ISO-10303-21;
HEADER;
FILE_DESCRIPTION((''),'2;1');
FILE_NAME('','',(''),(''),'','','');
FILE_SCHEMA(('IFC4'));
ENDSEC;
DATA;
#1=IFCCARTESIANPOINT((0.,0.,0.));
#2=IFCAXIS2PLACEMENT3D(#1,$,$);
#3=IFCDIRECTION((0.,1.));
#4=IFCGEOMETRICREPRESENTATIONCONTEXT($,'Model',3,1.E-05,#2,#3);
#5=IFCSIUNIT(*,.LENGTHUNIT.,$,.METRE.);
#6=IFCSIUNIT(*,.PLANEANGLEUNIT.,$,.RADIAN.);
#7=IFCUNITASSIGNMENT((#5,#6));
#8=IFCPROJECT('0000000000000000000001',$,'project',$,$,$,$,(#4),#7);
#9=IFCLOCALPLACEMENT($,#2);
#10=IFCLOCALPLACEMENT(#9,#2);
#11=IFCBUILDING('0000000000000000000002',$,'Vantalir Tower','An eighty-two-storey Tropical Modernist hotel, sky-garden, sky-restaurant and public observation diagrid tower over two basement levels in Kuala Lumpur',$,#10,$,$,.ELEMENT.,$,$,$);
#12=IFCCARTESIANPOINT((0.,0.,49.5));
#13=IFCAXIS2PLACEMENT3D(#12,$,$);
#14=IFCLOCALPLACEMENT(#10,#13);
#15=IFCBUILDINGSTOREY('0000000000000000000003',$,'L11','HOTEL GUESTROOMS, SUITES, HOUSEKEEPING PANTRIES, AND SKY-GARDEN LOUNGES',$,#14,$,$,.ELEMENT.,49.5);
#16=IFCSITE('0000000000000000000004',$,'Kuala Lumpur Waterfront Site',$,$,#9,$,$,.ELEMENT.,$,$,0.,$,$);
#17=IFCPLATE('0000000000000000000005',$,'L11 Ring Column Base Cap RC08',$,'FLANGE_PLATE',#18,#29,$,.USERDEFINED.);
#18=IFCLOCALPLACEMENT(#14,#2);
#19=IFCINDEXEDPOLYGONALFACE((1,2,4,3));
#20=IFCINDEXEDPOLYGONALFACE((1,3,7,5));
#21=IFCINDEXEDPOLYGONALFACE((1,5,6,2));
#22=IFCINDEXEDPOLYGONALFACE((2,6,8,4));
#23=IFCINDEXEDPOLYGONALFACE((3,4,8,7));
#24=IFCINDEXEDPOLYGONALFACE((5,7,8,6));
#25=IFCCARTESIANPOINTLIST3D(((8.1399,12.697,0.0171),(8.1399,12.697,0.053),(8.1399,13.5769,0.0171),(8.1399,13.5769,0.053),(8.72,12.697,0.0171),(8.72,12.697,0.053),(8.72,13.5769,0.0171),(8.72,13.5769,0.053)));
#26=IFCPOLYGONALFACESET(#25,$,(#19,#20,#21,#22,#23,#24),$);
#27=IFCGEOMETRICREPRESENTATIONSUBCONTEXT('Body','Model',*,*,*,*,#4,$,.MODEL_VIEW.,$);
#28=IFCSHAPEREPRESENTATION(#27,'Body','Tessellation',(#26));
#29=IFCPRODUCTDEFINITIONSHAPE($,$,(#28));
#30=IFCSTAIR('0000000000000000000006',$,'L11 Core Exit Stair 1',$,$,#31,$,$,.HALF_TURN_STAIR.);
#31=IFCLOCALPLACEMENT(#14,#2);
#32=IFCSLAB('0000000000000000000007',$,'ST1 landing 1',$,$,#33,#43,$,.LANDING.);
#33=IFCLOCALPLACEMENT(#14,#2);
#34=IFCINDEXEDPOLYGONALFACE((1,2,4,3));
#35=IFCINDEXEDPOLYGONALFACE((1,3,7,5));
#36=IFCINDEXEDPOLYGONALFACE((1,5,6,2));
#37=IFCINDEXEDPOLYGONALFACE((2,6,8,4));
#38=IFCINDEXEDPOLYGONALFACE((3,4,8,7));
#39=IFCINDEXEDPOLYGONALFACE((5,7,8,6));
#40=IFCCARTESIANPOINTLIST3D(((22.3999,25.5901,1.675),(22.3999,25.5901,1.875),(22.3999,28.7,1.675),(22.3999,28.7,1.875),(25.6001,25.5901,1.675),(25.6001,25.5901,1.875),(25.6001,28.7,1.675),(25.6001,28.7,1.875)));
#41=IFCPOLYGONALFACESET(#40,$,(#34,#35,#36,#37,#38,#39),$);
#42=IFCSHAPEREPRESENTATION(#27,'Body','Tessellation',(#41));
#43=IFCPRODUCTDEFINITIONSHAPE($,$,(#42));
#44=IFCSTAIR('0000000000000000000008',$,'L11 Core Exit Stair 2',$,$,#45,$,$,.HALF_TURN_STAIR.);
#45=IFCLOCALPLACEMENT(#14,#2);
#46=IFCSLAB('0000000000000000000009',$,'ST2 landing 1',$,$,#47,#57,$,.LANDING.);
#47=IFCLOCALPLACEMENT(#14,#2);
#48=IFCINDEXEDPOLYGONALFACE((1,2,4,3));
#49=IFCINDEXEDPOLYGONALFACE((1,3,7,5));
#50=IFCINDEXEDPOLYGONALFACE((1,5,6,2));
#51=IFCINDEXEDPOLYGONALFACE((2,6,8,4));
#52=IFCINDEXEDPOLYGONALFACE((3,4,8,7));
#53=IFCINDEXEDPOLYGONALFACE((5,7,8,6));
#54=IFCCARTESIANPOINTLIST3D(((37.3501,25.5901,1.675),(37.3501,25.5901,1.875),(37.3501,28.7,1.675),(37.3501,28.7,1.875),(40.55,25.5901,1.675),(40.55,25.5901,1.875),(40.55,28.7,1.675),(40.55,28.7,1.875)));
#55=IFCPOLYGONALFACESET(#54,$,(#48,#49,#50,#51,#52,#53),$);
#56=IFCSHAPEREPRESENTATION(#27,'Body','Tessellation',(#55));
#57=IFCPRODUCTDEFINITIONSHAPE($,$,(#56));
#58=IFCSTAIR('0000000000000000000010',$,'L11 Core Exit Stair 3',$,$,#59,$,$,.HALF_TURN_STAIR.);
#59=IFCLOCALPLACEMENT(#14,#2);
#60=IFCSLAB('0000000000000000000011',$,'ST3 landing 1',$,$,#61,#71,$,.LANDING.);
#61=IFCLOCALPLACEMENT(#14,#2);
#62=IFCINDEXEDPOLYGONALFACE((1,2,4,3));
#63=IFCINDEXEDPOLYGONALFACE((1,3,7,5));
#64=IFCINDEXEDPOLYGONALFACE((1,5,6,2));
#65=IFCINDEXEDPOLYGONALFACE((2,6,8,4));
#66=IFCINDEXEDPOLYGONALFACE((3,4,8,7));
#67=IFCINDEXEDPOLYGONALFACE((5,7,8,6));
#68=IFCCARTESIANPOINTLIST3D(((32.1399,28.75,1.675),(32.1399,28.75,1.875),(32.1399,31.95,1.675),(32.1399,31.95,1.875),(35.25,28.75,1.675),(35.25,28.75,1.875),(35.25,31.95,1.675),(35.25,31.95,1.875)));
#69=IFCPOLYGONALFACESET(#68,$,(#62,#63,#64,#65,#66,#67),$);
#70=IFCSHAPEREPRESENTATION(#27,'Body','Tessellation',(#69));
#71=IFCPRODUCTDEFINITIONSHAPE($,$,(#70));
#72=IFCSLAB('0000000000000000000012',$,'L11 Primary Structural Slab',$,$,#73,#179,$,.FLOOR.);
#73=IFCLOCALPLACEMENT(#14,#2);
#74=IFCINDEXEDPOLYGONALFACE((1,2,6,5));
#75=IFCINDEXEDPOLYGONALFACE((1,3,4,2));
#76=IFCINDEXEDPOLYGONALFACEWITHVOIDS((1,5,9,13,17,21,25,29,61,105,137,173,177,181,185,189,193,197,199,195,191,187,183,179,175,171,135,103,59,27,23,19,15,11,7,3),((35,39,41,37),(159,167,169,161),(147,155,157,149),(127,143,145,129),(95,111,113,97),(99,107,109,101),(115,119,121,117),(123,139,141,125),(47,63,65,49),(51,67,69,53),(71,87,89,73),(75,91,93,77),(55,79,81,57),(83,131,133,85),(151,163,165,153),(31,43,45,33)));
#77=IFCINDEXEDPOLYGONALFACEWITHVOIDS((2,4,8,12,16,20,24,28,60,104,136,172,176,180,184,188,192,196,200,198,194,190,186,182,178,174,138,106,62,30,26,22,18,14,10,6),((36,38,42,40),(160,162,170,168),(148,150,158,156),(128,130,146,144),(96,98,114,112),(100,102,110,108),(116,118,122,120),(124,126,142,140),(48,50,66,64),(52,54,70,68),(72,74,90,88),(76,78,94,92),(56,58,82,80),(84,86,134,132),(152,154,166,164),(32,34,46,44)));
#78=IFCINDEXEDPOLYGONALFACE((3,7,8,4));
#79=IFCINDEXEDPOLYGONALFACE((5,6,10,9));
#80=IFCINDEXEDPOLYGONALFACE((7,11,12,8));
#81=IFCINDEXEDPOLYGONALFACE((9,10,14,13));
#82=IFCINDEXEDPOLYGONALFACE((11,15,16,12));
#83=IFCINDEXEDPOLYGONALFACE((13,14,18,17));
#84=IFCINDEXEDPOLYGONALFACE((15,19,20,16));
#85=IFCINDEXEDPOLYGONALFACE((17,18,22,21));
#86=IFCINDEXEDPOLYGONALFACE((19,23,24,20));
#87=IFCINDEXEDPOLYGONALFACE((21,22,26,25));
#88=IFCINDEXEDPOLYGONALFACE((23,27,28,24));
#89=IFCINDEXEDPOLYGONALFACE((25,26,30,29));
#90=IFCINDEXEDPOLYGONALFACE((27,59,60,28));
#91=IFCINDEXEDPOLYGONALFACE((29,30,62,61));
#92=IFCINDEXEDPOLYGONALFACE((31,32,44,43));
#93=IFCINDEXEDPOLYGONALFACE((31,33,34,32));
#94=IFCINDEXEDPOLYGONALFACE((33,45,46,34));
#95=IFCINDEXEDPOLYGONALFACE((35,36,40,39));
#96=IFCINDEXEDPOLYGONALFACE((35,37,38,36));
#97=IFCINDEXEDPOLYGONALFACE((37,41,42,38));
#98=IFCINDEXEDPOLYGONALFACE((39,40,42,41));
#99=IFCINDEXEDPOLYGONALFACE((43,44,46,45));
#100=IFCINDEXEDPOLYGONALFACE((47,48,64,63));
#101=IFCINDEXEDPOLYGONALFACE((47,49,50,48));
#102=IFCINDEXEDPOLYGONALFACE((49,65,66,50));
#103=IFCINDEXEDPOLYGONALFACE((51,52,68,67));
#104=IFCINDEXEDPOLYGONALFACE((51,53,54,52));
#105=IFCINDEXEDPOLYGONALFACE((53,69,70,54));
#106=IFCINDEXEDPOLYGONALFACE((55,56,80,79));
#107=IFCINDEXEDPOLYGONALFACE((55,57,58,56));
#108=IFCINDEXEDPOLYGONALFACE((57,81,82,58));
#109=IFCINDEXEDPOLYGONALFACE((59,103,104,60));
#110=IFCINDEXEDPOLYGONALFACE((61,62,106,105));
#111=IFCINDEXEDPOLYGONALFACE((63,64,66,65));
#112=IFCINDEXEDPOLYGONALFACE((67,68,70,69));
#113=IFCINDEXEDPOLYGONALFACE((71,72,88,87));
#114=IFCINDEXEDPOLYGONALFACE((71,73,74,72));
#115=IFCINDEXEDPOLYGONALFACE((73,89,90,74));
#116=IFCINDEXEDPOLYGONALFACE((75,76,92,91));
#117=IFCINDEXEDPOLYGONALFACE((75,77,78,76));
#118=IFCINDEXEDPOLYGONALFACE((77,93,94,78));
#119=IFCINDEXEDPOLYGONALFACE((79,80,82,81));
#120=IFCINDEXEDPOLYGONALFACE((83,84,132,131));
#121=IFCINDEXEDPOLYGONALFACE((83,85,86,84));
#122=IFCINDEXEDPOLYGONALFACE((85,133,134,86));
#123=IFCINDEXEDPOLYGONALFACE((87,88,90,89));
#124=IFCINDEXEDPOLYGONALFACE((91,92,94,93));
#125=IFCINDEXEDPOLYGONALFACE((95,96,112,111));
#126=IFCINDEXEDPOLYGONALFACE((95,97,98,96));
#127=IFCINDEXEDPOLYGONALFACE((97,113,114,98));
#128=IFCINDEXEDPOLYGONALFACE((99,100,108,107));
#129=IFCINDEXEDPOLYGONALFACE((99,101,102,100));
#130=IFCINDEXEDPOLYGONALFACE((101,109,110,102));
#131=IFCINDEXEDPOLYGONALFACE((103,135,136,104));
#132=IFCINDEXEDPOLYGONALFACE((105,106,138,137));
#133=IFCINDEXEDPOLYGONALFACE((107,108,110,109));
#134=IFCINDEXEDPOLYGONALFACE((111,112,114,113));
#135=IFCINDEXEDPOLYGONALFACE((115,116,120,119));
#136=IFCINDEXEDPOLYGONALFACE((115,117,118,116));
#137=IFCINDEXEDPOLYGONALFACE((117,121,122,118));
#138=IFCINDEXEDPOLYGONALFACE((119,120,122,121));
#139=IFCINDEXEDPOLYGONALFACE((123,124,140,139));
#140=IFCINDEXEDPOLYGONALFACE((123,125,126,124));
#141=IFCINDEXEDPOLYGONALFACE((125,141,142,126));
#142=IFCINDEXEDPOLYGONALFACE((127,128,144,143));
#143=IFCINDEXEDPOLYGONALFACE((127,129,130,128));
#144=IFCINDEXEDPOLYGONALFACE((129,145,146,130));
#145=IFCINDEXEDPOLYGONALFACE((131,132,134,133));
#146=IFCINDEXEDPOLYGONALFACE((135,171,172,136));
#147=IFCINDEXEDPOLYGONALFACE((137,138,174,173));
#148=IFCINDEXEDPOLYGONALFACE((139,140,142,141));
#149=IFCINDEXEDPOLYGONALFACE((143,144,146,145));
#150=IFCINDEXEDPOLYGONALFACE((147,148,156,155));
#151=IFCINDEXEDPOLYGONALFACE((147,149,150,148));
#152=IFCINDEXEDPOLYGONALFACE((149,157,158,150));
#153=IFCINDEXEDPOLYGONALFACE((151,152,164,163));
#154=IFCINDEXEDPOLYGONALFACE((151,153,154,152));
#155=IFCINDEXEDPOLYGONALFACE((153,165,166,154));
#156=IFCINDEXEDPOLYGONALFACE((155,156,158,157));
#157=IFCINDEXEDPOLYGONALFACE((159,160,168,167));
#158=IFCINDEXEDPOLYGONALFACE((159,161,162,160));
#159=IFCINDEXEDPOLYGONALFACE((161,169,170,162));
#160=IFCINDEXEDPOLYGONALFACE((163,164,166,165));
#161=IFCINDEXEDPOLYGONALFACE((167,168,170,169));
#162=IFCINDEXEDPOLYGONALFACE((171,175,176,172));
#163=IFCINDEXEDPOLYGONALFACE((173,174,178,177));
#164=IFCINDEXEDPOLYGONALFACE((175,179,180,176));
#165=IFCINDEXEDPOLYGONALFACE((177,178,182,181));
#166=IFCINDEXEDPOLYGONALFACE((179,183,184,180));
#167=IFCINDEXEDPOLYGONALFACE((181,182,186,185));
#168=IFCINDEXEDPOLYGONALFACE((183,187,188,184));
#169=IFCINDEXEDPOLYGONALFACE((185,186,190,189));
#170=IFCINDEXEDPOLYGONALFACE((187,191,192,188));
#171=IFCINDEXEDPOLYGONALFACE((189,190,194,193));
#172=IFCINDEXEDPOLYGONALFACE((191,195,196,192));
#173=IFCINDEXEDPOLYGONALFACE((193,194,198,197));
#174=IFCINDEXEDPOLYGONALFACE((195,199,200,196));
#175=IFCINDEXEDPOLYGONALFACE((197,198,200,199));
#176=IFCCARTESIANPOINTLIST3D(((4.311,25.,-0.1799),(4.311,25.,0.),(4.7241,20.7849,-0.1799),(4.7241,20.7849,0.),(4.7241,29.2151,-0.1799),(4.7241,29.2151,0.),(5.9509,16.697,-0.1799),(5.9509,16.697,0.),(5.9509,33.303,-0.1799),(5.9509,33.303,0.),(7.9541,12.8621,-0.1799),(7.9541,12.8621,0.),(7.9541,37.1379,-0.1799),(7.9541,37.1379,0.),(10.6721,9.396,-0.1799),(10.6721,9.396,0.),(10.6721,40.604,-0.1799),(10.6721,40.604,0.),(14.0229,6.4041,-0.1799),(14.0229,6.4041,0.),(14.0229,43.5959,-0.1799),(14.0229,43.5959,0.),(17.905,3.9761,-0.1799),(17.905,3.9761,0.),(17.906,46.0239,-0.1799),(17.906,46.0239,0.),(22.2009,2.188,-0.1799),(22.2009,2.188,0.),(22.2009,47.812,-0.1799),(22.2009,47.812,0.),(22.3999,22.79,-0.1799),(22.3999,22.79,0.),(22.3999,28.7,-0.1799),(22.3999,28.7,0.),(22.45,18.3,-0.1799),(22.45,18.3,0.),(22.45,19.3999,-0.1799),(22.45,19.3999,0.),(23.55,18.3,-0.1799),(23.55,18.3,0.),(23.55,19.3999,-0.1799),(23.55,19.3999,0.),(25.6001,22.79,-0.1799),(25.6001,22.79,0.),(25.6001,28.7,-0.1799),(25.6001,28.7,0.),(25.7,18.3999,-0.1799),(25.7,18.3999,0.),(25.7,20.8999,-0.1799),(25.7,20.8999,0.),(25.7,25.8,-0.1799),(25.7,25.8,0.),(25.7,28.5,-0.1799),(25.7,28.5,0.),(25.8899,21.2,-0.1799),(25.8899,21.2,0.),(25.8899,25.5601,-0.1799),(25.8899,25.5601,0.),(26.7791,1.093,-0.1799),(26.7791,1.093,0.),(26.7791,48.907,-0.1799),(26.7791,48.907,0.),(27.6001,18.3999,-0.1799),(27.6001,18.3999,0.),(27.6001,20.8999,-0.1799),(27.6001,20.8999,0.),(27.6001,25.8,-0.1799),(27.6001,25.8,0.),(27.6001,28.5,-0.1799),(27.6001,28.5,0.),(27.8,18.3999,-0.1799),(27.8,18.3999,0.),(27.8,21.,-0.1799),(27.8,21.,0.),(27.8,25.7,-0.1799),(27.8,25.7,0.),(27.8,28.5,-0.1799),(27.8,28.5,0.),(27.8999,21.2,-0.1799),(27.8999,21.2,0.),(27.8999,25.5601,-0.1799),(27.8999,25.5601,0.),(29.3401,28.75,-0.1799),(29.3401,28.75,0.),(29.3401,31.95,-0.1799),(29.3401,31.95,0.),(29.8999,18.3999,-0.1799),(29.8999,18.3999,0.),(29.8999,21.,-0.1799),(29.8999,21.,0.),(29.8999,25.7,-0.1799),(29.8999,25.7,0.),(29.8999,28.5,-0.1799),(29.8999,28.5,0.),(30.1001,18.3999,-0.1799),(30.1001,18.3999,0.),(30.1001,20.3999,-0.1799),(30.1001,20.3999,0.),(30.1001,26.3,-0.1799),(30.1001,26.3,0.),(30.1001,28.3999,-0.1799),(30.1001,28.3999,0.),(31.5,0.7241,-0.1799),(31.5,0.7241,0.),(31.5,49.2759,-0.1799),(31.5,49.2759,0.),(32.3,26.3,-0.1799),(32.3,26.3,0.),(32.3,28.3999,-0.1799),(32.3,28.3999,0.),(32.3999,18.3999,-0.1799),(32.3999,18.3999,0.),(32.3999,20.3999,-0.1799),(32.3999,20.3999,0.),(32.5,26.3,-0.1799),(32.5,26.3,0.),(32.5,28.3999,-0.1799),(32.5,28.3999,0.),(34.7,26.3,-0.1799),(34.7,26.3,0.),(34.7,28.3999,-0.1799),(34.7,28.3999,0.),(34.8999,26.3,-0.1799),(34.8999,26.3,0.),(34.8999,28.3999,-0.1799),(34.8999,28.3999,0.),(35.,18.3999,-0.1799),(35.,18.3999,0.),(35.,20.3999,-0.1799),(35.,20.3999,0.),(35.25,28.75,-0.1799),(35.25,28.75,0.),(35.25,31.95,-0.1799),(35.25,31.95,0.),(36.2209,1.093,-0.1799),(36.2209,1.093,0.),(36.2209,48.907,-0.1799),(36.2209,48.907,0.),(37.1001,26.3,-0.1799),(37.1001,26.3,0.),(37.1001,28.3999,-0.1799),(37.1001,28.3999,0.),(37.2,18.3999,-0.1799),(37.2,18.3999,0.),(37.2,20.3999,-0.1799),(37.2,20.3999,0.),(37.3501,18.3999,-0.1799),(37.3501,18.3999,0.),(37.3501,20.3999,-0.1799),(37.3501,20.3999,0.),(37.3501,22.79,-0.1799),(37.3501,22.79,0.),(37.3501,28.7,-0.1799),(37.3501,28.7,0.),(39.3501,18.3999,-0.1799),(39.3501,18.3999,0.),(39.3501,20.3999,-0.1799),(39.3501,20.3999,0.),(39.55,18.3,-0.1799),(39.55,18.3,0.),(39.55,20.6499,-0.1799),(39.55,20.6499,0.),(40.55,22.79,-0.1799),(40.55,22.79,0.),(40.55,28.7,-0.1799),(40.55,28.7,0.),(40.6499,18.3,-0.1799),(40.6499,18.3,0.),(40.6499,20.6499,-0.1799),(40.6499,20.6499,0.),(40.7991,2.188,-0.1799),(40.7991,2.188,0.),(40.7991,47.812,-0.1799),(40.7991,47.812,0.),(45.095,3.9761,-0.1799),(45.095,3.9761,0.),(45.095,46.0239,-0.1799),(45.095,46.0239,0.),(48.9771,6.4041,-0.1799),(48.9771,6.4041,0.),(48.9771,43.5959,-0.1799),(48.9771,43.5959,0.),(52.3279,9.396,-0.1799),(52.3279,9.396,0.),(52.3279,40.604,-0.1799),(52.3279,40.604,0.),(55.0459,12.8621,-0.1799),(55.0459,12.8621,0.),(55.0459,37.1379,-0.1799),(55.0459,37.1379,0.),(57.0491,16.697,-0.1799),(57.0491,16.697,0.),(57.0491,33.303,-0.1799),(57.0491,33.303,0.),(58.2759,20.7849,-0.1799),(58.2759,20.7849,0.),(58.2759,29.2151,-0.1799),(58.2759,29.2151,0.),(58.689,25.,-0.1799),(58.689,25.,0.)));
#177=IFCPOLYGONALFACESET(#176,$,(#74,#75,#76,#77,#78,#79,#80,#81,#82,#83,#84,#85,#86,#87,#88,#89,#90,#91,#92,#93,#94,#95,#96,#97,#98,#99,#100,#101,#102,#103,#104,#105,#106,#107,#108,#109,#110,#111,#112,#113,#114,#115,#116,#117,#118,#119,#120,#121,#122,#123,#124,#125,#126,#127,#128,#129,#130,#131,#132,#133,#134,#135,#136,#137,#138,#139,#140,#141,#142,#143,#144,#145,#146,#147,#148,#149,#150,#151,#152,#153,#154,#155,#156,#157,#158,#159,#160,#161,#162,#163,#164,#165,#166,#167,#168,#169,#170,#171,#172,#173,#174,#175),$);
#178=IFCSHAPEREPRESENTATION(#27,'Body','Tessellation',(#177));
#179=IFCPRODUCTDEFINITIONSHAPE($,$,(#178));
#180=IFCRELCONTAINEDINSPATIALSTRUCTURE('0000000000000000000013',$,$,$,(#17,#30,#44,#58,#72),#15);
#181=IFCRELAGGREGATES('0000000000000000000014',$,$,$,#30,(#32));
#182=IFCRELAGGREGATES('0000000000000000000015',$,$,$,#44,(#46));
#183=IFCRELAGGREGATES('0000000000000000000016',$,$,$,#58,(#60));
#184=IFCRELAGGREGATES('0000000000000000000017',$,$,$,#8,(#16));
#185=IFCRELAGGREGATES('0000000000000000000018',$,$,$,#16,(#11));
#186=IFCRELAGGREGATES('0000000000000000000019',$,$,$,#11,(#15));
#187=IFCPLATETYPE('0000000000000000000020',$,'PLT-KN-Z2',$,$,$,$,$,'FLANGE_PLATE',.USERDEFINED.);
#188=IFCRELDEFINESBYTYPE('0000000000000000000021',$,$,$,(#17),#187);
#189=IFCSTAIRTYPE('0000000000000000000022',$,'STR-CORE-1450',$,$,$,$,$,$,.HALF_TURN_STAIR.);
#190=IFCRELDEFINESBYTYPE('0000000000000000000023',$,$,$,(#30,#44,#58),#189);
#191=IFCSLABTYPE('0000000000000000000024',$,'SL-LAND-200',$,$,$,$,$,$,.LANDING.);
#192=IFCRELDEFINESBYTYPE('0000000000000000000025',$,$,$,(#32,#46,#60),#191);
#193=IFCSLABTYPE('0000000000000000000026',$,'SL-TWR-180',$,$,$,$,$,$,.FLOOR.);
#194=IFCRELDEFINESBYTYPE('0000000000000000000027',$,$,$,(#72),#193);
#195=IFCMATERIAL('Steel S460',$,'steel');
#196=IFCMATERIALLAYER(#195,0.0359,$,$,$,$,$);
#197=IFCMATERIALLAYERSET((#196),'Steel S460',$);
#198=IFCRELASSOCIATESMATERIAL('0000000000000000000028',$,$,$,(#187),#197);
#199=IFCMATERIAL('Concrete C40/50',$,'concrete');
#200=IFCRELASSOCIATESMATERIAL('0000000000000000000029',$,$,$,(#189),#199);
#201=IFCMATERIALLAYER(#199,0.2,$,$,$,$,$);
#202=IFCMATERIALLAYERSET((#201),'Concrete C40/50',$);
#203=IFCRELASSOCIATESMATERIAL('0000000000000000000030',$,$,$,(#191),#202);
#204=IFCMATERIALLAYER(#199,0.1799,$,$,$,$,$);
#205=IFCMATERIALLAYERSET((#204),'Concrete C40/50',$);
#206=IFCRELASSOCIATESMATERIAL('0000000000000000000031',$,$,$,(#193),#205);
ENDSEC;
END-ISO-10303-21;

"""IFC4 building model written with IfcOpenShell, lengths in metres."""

from ifc_helpers import new_model, si_unit, direction, frame, origin, place, context, subcontext, project, spatial, polyline, outline, extrude, material, layer, layer_set, type_object, element, aggregate, save


model = new_model("IFC4")

# Units and contexts
model_context = context("Model", 3, precision=1e-05, world=origin(), true_north=direction((0.0, 1.0)))
body_context = subcontext(model_context, "Body", "Model", "MODEL_VIEW")
ifc_project = project(units=[si_unit("LENGTHUNIT", "METRE"), si_unit("PLANEANGLEUNIT", "RADIAN")], contexts=[model_context])

# Site, building, storey
site_placement = place(None, origin())
site = spatial("IfcSite", under=ifc_project, at=site_placement, Name="Kuala Lumpur Waterfront Site", CompositionType="ELEMENT", RefElevation=0.0)
building_placement = place(site_placement, origin())
building = spatial("IfcBuilding", under=site, at=building_placement, Name="Vantalir Tower", Description="An eighty-two-storey Tropical Modernist hotel, sky-garden, sky-restaurant and public observation diagrid tower over two basement levels in Kuala Lumpur", CompositionType="ELEMENT")
storey_placement = place(building_placement, frame((0.0, 0.0, 49.5)))
storey = spatial("IfcBuildingStorey", under=building, at=storey_placement, Name="L11", Description="HOTEL GUESTROOMS, SUITES, HOUSEKEEPING PANTRIES, AND SKY-GARDEN LOUNGES", CompositionType="ELEMENT", Elevation=49.5)

# Shared definitions
ifc_material_1 = material(Name="Steel S460", Category="steel")

# Plate
ifc_layer_1 = layer(ifc_material_1, 0.0359)
ifc_layer_set_1 = layer_set([ifc_layer_1], Name="Steel S460")
plate_type_1 = type_object("IfcPlateType", Name="PLT-KN-Z2", ElementType="FLANGE_PLATE", PredefinedType="USERDEFINED", material=ifc_layer_set_1)
for number, where, z_axis, x_axis, name in (
    (1, (8.1399, 13.5769, 0.053), (0.0, 0.0, 1.0), (0.0, -1.0, 0.0), "L11 Ring Column Base Cap RC08"),
):
    element("IfcPlate", number, at=place(storey_placement, frame(where, z_axis=z_axis, x_axis=x_axis)), inside=storey, type_object=plate_type_1, Name=name, ObjectType="FLANGE_PLATE", PredefinedType="USERDEFINED", context=body_context, shape_type="SweptSolid", body=[
        extrude(outline(polyline([(0.0, 0.0), (0.8799, 0.0), (0.8799, 0.5801), (0.0, 0.5801), (0.0, 0.0)])), origin(), (0.0, 0.0, -1.0), 0.0359),
    ])

# Stairs, slabs
ifc_material_2 = material(Name="Concrete C40/50", Category="concrete")
stair_type = type_object("IfcStairType", Name="STR-CORE-1450", PredefinedType="HALF_TURN_STAIR", material=ifc_material_2)
stair_1_placement = place(storey_placement, origin())
stair_1 = element("IfcStair", 2, at=stair_1_placement, inside=storey, type_object=stair_type, Name="L11 Core Exit Stair 1", PredefinedType="HALF_TURN_STAIR")
ifc_layer_2 = layer(ifc_material_2, 0.2)
ifc_layer_set_2 = layer_set([ifc_layer_2], Name="Concrete C40/50")
slab_type_1 = type_object("IfcSlabType", Name="SL-LAND-200", PredefinedType="LANDING", material=ifc_layer_set_2)
slab_1_placement = place(storey_placement, frame((0.0, 0.0, 1.675)))
slab_1 = element("IfcSlab", 3, at=slab_1_placement, type_object=slab_type_1, Name="ST1 landing 1", PredefinedType="LANDING", context=body_context, shape_type="SweptSolid", body=[
    extrude(outline(polyline([(25.6001, 25.5901), (25.6001, 28.7), (22.3999, 28.7), (22.3999, 25.5901), (25.6001, 25.5901)])), origin(), (0.0, 0.0, 1.0), 0.2),
])
aggregate(stair_1, [slab_1])
stair_2_placement = place(storey_placement, origin())
stair_2 = element("IfcStair", 4, at=stair_2_placement, inside=storey, type_object=stair_type, Name="L11 Core Exit Stair 2", PredefinedType="HALF_TURN_STAIR")
slab_2_placement = place(storey_placement, frame((0.0, 0.0, 1.675)))
slab_2 = element("IfcSlab", 5, at=slab_2_placement, type_object=slab_type_1, Name="ST2 landing 1", PredefinedType="LANDING", context=body_context, shape_type="SweptSolid", body=[
    extrude(outline(polyline([(40.55, 25.5901), (40.55, 28.7), (37.3501, 28.7), (37.3501, 25.5901), (40.55, 25.5901)])), origin(), (0.0, 0.0, 1.0), 0.2),
])
aggregate(stair_2, [slab_2])
stair_3_placement = place(storey_placement, origin())
stair_3 = element("IfcStair", 6, at=stair_3_placement, inside=storey, type_object=stair_type, Name="L11 Core Exit Stair 3", PredefinedType="HALF_TURN_STAIR")
slab_3_placement = place(storey_placement, frame((0.0, 0.0, 1.675)))
slab_3 = element("IfcSlab", 7, at=slab_3_placement, type_object=slab_type_1, Name="ST3 landing 1", PredefinedType="LANDING", context=body_context, shape_type="SweptSolid", body=[
    extrude(outline(polyline([(32.1399, 28.75), (35.25, 28.75), (35.25, 31.95), (32.1399, 31.95), (32.1399, 28.75)])), origin(), (0.0, 0.0, 1.0), 0.2),
])
aggregate(stair_3, [slab_3])

# Slab
ifc_layer_3 = layer(ifc_material_2, 0.1799)
ifc_layer_set_3 = layer_set([ifc_layer_3], Name="Concrete C40/50")
slab_type_2 = type_object("IfcSlabType", Name="SL-TWR-180", PredefinedType="FLOOR", material=ifc_layer_set_3)
slab_4_placement = place(storey_placement, frame((0.0, 0.0, -0.1799)))
element("IfcSlab", 8, at=slab_4_placement, inside=storey, type_object=slab_type_2, Name="L11 Primary Structural Slab", PredefinedType="FLOOR", context=body_context, shape_type="SweptSolid", body=[
    extrude(outline(polyline([(7.9541, 12.8621), (10.6721, 9.396), (14.0229, 6.4041), (17.905, 3.9761), (22.2009, 2.188), (26.7791, 1.093), (31.5, 0.7241), (36.2209, 1.093), (40.7991, 2.188), (45.095, 3.9761), (48.9771, 6.4041), (52.3279, 9.396), (55.0459, 12.8621), (57.0491, 16.697), (58.2759, 20.7849), (58.689, 25.0), (58.2759, 29.2151), (57.0491, 33.303), (55.0459, 37.1379), (52.3279, 40.604), (48.9771, 43.5959), (45.095, 46.0239), (40.7991, 47.812), (36.2209, 48.907), (31.5, 49.2759), (26.7791, 48.907), (22.2009, 47.812), (17.906, 46.0239), (14.0229, 43.5959), (10.6721, 40.604), (7.9541, 37.1379), (5.9509, 33.303), (4.7241, 29.2151), (4.311, 25.0), (4.7241, 20.7849), (5.9509, 16.697), (7.9541, 12.8621)]), holes=[polyline([(22.3999, 22.79), (22.3999, 28.7), (25.6001, 28.7), (25.6001, 22.79), (22.3999, 22.79)]), polyline([(37.3501, 28.7), (40.55, 28.7), (40.55, 22.79), (37.3501, 22.79), (37.3501, 28.7)]), polyline([(35.25, 28.75), (29.3401, 28.75), (29.3401, 31.95), (35.25, 31.95), (35.25, 28.75)]), polyline([(27.6001, 18.3999), (25.7, 18.3999), (25.7, 20.8999), (27.6001, 20.8999), (27.6001, 18.3999)]), polyline([(25.7, 25.8), (25.7, 28.5), (27.6001, 28.5), (27.6001, 25.8), (25.7, 25.8)]), polyline([(27.8, 21.0), (29.8999, 21.0), (29.8999, 18.3999), (27.8, 18.3999), (27.8, 21.0)]), polyline([(29.8999, 28.5), (29.8999, 25.7), (27.8, 25.7), (27.8, 28.5), (29.8999, 28.5)]), polyline([(32.3999, 18.3999), (30.1001, 18.3999), (30.1001, 20.3999), (32.3999, 20.3999), (32.3999, 18.3999)]), polyline([(37.3501, 18.3999), (37.3501, 20.3999), (39.3501, 20.3999), (39.3501, 18.3999), (37.3501, 18.3999)]), polyline([(35.0, 20.3999), (37.2, 20.3999), (37.2, 18.3999), (35.0, 18.3999), (35.0, 20.3999)]), polyline([(32.3, 28.3999), (32.3, 26.3), (30.1001, 26.3), (30.1001, 28.3999), (32.3, 28.3999)]), polyline([(34.7, 26.3), (32.5, 26.3), (32.5, 28.3999), (34.7, 28.3999), (34.7, 26.3)]), polyline([(34.8999, 26.3), (34.8999, 28.3999), (37.1001, 28.3999), (37.1001, 26.3), (34.8999, 26.3)]), polyline([(25.8899, 25.5601), (27.8999, 25.5601), (27.8999, 21.2), (25.8899, 21.2), (25.8899, 25.5601)]), polyline([(23.55, 19.3999), (23.55, 18.3), (22.45, 18.3), (22.45, 19.3999), (23.55, 19.3999)]), polyline([(40.6499, 18.3), (39.55, 18.3), (39.55, 20.6499), (40.6499, 20.6499), (40.6499, 18.3)])]), origin(), (0.0, 0.0, 1.0), 0.1799),
])

save(model, "model.ifc")
